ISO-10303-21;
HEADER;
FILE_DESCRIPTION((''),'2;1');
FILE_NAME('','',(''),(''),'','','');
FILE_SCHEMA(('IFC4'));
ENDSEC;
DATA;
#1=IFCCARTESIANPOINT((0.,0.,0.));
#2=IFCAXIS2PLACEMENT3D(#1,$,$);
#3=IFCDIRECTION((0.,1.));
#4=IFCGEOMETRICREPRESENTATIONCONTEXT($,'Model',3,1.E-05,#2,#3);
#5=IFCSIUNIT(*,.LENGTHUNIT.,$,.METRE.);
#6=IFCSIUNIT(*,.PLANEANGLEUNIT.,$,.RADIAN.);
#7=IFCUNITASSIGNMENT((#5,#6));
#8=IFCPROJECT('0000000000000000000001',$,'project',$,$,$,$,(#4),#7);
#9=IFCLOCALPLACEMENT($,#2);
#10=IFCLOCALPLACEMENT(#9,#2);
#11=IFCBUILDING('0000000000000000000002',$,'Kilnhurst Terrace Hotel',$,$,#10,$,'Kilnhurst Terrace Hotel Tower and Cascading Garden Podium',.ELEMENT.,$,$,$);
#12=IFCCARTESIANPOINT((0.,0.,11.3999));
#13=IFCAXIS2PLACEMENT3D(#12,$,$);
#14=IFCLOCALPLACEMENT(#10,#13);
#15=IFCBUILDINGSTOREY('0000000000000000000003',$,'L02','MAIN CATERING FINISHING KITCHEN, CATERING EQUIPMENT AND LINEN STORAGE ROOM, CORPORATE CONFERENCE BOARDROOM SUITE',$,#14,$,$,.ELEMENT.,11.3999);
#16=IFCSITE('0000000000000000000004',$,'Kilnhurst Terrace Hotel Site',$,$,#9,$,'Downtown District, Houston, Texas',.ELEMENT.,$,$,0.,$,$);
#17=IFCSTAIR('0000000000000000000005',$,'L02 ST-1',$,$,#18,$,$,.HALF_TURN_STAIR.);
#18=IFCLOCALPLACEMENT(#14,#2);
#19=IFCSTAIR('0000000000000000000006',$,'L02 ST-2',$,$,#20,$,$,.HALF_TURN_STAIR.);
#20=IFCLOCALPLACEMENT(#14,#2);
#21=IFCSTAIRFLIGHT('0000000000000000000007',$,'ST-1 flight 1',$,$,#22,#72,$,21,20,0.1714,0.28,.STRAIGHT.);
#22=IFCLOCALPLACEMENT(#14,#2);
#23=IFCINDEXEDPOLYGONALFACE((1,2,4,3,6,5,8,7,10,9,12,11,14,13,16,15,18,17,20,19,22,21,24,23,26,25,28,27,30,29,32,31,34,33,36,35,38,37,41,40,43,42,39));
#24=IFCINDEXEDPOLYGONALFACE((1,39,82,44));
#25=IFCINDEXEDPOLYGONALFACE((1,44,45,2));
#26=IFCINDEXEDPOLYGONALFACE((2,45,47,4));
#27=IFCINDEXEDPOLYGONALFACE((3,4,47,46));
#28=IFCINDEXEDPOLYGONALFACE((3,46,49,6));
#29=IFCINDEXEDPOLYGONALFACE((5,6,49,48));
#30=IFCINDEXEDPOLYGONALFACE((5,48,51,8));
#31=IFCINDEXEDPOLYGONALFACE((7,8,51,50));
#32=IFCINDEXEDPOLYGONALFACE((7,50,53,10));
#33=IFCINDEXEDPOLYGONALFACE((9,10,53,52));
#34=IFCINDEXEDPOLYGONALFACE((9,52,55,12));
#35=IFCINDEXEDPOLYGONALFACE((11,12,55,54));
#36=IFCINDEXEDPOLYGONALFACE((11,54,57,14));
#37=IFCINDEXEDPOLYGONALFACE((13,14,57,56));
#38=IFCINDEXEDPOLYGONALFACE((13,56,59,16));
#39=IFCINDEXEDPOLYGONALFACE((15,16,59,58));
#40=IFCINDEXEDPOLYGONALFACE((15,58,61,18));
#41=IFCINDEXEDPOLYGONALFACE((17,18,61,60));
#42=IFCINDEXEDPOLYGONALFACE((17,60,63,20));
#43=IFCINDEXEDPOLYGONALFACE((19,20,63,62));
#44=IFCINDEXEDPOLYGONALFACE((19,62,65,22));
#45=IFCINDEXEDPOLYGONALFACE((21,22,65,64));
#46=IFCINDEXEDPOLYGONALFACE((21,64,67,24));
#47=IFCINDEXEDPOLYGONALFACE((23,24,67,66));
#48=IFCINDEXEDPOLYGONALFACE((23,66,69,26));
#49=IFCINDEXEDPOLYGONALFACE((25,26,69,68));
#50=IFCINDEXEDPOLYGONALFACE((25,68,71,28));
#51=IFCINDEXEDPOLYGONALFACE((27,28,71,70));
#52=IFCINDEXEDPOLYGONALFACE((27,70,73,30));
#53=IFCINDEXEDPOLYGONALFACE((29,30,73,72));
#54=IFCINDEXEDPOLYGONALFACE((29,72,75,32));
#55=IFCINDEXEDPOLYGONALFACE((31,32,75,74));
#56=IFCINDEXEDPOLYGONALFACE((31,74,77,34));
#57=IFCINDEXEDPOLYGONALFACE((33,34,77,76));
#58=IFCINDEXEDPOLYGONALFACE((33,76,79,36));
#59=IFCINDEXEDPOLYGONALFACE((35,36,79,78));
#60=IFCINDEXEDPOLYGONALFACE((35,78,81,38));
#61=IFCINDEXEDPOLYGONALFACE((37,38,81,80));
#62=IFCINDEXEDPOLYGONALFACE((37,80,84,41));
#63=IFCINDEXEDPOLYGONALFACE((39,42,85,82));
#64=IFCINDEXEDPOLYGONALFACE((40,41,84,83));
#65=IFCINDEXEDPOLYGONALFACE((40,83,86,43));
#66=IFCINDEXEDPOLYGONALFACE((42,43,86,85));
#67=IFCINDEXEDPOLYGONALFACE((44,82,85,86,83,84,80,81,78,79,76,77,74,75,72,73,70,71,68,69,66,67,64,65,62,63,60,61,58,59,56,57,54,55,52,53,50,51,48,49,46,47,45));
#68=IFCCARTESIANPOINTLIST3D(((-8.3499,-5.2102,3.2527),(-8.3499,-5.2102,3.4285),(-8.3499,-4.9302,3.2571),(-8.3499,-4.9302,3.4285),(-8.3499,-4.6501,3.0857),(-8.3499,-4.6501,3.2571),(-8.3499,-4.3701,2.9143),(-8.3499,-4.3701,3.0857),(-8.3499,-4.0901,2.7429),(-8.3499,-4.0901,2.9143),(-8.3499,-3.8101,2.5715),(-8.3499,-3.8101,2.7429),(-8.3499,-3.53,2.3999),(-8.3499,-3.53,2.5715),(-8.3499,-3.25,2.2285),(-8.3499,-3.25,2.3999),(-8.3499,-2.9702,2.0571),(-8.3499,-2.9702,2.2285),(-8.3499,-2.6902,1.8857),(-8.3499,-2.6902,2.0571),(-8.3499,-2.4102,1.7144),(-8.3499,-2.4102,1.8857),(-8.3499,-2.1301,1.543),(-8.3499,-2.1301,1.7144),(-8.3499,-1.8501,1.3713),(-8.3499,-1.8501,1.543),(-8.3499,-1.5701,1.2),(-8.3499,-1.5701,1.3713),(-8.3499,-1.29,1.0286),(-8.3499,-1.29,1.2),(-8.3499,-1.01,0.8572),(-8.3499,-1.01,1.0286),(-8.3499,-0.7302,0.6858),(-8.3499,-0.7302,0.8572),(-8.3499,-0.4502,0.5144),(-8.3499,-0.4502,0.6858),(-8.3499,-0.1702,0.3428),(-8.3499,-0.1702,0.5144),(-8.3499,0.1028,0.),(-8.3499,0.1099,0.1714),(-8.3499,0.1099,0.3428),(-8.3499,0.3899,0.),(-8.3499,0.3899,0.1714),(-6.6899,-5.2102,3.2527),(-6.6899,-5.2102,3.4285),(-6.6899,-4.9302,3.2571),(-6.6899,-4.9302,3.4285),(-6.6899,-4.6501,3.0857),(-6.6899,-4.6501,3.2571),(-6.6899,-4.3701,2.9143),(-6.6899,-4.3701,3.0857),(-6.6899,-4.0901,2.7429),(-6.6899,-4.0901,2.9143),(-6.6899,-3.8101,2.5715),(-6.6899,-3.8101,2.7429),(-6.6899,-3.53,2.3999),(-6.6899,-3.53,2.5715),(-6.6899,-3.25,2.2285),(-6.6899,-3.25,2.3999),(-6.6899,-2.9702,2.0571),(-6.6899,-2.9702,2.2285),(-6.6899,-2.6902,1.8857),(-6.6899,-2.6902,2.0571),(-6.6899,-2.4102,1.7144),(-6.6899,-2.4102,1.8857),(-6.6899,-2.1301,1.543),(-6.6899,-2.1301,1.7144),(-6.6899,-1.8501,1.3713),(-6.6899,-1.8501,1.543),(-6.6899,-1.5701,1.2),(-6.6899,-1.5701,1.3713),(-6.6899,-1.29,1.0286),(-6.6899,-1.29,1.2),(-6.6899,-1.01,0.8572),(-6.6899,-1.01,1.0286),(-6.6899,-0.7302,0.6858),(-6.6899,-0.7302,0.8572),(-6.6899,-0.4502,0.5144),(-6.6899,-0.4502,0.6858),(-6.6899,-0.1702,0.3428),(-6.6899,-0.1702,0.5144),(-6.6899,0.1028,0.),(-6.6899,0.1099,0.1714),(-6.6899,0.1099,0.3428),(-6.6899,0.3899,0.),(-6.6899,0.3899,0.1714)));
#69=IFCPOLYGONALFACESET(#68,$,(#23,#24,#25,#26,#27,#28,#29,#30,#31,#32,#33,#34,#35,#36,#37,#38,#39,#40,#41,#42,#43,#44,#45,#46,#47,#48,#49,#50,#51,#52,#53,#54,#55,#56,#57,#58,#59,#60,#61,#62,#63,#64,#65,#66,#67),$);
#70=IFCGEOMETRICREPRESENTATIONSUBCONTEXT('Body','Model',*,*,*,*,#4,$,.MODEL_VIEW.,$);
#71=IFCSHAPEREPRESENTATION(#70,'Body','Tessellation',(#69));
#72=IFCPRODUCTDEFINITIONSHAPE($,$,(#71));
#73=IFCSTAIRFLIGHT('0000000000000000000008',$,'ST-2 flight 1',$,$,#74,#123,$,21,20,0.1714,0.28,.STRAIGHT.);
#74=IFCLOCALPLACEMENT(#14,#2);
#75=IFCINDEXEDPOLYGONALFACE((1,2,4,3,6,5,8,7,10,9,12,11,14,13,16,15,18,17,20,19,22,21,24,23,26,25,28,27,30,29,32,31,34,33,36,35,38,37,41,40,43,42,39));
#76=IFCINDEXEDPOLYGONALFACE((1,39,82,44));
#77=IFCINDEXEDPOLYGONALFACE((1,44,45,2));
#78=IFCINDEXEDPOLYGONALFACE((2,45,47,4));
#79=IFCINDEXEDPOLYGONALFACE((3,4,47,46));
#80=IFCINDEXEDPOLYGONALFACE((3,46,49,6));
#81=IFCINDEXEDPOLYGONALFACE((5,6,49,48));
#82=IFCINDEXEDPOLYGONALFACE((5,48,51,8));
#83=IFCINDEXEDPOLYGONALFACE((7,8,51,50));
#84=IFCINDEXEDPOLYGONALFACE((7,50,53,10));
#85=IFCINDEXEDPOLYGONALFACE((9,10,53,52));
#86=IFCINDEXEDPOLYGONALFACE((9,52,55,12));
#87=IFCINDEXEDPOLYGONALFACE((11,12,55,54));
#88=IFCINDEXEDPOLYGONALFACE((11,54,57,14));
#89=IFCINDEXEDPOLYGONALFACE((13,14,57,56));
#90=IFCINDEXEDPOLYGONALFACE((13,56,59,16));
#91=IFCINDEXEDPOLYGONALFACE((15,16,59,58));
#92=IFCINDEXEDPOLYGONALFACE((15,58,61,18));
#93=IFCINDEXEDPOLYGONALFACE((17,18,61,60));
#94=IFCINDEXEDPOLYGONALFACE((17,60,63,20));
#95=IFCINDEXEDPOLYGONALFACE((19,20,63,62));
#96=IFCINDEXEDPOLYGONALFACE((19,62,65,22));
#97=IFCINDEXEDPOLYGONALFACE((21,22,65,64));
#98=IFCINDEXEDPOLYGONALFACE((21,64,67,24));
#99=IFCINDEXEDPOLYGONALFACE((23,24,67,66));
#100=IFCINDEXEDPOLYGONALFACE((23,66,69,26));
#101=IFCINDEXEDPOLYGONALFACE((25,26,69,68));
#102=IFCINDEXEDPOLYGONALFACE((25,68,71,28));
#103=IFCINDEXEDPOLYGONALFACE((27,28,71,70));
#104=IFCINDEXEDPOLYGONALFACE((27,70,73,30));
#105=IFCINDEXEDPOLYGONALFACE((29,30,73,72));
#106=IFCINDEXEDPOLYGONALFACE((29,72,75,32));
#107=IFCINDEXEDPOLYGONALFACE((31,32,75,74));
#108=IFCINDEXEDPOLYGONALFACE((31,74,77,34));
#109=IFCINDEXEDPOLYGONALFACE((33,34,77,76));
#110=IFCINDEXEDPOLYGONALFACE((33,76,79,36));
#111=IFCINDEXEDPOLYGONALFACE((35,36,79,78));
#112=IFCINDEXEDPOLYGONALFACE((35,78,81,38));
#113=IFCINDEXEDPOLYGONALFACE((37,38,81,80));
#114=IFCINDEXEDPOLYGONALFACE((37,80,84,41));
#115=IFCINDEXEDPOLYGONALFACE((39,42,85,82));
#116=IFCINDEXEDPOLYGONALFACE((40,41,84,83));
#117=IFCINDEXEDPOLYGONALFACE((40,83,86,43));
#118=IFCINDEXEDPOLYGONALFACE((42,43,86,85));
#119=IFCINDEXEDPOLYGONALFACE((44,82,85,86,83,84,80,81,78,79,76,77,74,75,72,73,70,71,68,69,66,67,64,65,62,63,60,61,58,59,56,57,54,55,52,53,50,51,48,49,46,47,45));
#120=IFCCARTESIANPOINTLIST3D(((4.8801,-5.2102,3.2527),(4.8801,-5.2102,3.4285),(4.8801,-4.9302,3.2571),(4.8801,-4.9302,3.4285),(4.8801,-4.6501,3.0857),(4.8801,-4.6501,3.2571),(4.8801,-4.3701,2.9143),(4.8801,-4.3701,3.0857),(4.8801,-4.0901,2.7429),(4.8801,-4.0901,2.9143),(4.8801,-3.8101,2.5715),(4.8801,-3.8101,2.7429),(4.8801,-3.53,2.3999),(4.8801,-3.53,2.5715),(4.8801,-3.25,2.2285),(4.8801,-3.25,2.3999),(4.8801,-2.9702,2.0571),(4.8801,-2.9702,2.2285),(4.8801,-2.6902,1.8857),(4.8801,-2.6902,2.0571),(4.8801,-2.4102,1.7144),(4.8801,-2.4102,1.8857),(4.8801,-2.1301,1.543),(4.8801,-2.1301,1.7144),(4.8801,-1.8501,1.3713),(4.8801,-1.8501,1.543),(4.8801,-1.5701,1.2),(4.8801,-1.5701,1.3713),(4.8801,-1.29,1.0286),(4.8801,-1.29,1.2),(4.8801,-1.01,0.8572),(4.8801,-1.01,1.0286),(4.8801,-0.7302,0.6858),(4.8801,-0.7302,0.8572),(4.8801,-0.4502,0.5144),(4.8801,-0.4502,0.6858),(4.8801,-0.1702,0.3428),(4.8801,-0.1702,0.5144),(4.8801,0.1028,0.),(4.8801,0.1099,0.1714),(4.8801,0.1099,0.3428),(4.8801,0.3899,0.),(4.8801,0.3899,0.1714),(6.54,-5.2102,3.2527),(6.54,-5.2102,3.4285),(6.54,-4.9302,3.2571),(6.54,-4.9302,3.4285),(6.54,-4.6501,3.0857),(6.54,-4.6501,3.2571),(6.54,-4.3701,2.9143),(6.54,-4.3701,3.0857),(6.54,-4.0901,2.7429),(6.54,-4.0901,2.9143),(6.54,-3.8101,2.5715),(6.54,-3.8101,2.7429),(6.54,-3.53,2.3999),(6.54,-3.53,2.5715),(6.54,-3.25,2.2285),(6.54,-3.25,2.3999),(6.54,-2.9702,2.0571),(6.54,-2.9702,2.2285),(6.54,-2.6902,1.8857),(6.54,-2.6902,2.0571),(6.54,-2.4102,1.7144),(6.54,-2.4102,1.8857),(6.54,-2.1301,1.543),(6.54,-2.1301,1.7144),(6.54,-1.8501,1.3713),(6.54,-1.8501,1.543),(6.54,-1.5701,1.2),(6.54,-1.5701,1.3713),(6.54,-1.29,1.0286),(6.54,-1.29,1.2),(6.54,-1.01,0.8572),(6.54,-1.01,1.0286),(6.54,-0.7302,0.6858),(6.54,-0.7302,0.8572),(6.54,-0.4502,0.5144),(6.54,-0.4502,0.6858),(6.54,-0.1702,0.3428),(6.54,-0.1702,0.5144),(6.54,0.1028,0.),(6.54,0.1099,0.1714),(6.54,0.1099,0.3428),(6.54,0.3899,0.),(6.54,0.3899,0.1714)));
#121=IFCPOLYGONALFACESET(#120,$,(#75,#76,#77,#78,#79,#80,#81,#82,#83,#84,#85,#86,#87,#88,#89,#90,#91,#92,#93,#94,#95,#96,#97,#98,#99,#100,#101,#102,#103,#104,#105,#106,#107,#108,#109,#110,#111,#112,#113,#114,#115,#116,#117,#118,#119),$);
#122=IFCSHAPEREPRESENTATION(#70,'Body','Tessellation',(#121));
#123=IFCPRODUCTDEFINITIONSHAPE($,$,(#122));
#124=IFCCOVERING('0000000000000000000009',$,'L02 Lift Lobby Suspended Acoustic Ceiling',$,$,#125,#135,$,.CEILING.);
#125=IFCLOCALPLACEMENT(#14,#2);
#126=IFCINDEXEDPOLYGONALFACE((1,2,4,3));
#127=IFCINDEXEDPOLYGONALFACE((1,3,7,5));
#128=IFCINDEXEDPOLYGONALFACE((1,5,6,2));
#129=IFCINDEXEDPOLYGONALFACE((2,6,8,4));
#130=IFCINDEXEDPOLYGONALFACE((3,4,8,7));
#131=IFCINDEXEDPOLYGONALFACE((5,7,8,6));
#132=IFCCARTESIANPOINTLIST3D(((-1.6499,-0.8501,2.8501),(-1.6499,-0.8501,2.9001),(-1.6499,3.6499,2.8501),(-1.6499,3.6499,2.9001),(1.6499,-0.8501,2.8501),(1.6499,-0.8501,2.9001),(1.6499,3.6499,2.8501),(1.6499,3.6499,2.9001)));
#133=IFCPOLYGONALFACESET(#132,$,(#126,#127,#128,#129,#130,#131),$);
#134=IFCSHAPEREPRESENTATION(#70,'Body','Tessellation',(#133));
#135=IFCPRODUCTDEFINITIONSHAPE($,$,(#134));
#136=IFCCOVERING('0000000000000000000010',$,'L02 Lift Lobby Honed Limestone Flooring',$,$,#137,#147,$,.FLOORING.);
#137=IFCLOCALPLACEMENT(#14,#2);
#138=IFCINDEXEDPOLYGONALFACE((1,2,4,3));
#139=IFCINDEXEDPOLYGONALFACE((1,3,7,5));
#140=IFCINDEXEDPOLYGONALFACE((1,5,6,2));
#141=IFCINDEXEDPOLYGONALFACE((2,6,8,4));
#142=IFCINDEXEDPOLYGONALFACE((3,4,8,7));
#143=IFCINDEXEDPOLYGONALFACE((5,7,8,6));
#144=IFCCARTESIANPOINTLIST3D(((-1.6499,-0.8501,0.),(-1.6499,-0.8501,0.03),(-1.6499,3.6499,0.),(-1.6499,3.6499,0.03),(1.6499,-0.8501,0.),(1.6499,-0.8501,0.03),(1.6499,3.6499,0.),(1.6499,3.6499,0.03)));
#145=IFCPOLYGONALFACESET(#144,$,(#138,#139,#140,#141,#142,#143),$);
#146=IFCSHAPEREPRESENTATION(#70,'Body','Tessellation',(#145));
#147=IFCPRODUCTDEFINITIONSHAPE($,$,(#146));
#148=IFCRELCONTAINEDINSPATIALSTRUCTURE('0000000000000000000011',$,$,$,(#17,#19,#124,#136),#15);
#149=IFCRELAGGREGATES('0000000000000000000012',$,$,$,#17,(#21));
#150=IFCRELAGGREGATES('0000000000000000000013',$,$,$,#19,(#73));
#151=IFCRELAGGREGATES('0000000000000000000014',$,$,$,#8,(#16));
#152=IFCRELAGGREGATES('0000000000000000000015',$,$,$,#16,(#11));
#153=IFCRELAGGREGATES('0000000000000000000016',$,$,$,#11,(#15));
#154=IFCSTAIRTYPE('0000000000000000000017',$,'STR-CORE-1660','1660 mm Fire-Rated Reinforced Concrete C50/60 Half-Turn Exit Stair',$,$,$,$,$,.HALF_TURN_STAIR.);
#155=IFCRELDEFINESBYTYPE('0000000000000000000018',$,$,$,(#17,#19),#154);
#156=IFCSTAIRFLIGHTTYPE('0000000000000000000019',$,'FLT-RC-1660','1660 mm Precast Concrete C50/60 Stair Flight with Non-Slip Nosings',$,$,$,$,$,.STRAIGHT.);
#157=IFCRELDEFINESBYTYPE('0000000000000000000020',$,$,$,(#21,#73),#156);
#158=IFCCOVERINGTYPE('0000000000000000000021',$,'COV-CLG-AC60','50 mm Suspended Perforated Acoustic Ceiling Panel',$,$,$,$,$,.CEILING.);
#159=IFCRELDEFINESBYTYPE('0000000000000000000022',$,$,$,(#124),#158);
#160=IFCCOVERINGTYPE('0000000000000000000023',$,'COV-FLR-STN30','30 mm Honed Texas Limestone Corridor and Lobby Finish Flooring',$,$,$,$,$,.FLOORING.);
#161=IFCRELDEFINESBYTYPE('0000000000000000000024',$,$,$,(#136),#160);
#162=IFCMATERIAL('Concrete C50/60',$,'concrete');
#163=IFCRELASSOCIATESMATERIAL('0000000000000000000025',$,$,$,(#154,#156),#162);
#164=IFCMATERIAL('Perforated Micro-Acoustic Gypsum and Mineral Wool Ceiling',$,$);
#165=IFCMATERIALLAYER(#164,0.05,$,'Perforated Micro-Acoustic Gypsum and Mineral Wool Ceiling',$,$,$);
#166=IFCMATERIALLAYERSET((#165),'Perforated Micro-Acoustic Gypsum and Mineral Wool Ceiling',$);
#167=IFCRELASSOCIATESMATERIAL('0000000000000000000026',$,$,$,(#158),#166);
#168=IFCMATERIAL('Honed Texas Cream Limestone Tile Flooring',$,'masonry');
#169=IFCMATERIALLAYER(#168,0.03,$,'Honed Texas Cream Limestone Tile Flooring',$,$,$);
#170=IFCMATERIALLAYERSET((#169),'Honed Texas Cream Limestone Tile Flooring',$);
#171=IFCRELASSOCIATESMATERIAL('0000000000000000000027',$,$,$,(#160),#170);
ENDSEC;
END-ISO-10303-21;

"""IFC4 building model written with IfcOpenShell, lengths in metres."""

from ifc_helpers import new_model, si_unit, direction, frame, origin, place, context, subcontext, project, spatial, polyline, outline, extrude, material, layer, layer_set, type_object, element, aggregate, save


model = new_model("IFC4")

# Units and contexts
model_context = context("Model", 3, precision=1e-05, world=origin(), true_north=direction((0.0, 1.0)))
body_context = subcontext(model_context, "Body", "Model", "MODEL_VIEW")
ifc_project = project(units=[si_unit("LENGTHUNIT", "METRE"), si_unit("PLANEANGLEUNIT", "RADIAN")], contexts=[model_context])

# Site, building, storey
site_placement = place(None, origin())
site = spatial("IfcSite", under=ifc_project, at=site_placement, Name="Kilnhurst Terrace Hotel Site", LongName="Downtown District, Houston, Texas", CompositionType="ELEMENT", RefElevation=0.0)
building_placement = place(site_placement, origin())
building = spatial("IfcBuilding", under=site, at=building_placement, Name="Kilnhurst Terrace Hotel", LongName="Kilnhurst Terrace Hotel Tower and Cascading Garden Podium", CompositionType="ELEMENT")
storey_placement = place(building_placement, frame((0.0, 0.0, 11.3999)))
storey = spatial("IfcBuildingStorey", under=building, at=storey_placement, Name="L02", Description="MAIN CATERING FINISHING KITCHEN, CATERING EQUIPMENT AND LINEN STORAGE ROOM, CORPORATE CONFERENCE BOARDROOM SUITE", CompositionType="ELEMENT", Elevation=11.3999)

# Stairs
ifc_material_1 = material(Name="Concrete C50/60", Category="concrete")
stair_type_1 = type_object("IfcStairType", Name="STR-CORE-1660", Description="1660 mm Fire-Rated Reinforced Concrete C50/60 Half-Turn Exit Stair", PredefinedType="HALF_TURN_STAIR", material=ifc_material_1)
stair_1_placement = place(storey_placement, origin())
stair_1 = element("IfcStair", 1, at=stair_1_placement, inside=storey, type_object=stair_type_1, Name="L02 ST-1", PredefinedType="HALF_TURN_STAIR")
stair_2_placement = place(storey_placement, origin())
stair_2 = element("IfcStair", 2, at=stair_2_placement, inside=storey, type_object=stair_type_1, Name="L02 ST-2", PredefinedType="HALF_TURN_STAIR")

# Stair flights
stair_flight_type = type_object("IfcStairFlightType", Name="FLT-RC-1660", Description="1660 mm Precast Concrete C50/60 Stair Flight with Non-Slip Nosings", PredefinedType="STRAIGHT", material=ifc_material_1)
stair_flight_1_placement = place(storey_placement, frame((-7.52, 0.3899, 0.0), z_axis=(0.0, 0.0, 1.0), x_axis=(0.0, -1.0, 0.0)))
stair_flight_1 = element("IfcStairFlight", 3, at=stair_flight_1_placement, type_object=stair_flight_type, Name="ST-1 flight 1", NumberOfRisers=21, NumberOfTreads=20, PredefinedType="STRAIGHT", RiserHeight=0.1714, TreadLength=0.28, context=body_context, shape_type="SweptSolid", body=[
    extrude(outline(polyline([(0.0, 0.0), (0.0, 0.1714), (0.28, 0.1714), (0.28, 0.3428), (0.5601, 0.3428), (0.5601, 0.5144), (0.8401, 0.5144), (0.8401, 0.6858), (1.1201, 0.6858), (1.1201, 0.8572), (1.3999, 0.8572), (1.3999, 1.0286), (1.6799, 1.0286), (1.6799, 1.2), (1.96, 1.2), (1.96, 1.3713), (2.24, 1.3713), (2.24, 1.543), (2.52, 1.543), (2.52, 1.7144), (2.8, 1.7144), (2.8, 1.8857), (3.0801, 1.8857), (3.0801, 2.0571), (3.3601, 2.0571), (3.3601, 2.2285), (3.6399, 2.2285), (3.6399, 2.3999), (3.9199, 2.3999), (3.9199, 2.5715), (4.2, 2.5715), (4.2, 2.7429), (4.48, 2.7429), (4.48, 2.9143), (4.76, 2.9143), (4.76, 3.0857), (5.04, 3.0857), (5.04, 3.2571), (5.3201, 3.2571), (5.3201, 3.4285), (5.6001, 3.4285), (5.6001, 3.6001), (5.6001, 3.2527), (0.2871, 0.0), (0.0, 0.0)])), frame((0.0, 0.8301, 0.0), z_axis=(0.0, -1.0, 0.0), x_axis=(1.0, 0.0, 0.0)), (0.0, 0.0, 1.0), 1.6599),
])
aggregate(stair_1, [stair_flight_1])
stair_flight_2_placement = place(storey_placement, frame((5.71, 0.3899, 0.0), z_axis=(0.0, 0.0, 1.0), x_axis=(0.0, -1.0, 0.0)))
stair_flight_2 = element("IfcStairFlight", 4, at=stair_flight_2_placement, type_object=stair_flight_type, Name="ST-2 flight 1", NumberOfRisers=21, NumberOfTreads=20, PredefinedType="STRAIGHT", RiserHeight=0.1714, TreadLength=0.28, context=body_context, shape_type="SweptSolid", body=[
    extrude(outline(polyline([(0.0, 0.0), (0.0, 0.1714), (0.28, 0.1714), (0.28, 0.3428), (0.5601, 0.3428), (0.5601, 0.5144), (0.8401, 0.5144), (0.8401, 0.6858), (1.1201, 0.6858), (1.1201, 0.8572), (1.3999, 0.8572), (1.3999, 1.0286), (1.6799, 1.0286), (1.6799, 1.2), (1.96, 1.2), (1.96, 1.3713), (2.24, 1.3713), (2.24, 1.543), (2.52, 1.543), (2.52, 1.7144), (2.8, 1.7144), (2.8, 1.8857), (3.0801, 1.8857), (3.0801, 2.0571), (3.3601, 2.0571), (3.3601, 2.2285), (3.6399, 2.2285), (3.6399, 2.3999), (3.9199, 2.3999), (3.9199, 2.5715), (4.2, 2.5715), (4.2, 2.7429), (4.48, 2.7429), (4.48, 2.9143), (4.76, 2.9143), (4.76, 3.0857), (5.04, 3.0857), (5.04, 3.2571), (5.3201, 3.2571), (5.3201, 3.4285), (5.6001, 3.4285), (5.6001, 3.6001), (5.6001, 3.2527), (0.2871, 0.0), (0.0, 0.0)])), frame((0.0, 0.8301, 0.0), z_axis=(0.0, -1.0, 0.0), x_axis=(1.0, 0.0, 0.0)), (0.0, 0.0, 1.0), 1.6599),
])
aggregate(stair_2, [stair_flight_2])

# Coverings
ifc_material_2 = material(Name="Perforated Micro-Acoustic Gypsum and Mineral Wool Ceiling")
ifc_layer_1 = layer(ifc_material_2, 0.05, Name="Perforated Micro-Acoustic Gypsum and Mineral Wool Ceiling")
ifc_layer_set_1 = layer_set([ifc_layer_1], Name="Perforated Micro-Acoustic Gypsum and Mineral Wool Ceiling")
covering_type_1 = type_object("IfcCoveringType", Name="COV-CLG-AC60", Description="50 mm Suspended Perforated Acoustic Ceiling Panel", PredefinedType="CEILING", material=ifc_layer_set_1)
covering_1_placement = place(storey_placement, frame((0.0, 0.0, 2.8501)))
element("IfcCovering", 5, at=covering_1_placement, inside=storey, type_object=covering_type_1, Name="L02 Lift Lobby Suspended Acoustic Ceiling", PredefinedType="CEILING", context=body_context, shape_type="SweptSolid", body=[
    extrude(outline(polyline([(-1.6499, -0.8501), (1.6499, -0.8501), (1.6499, 3.6499), (-1.6499, 3.6499), (-1.6499, -0.8501)])), origin(), (0.0, 0.0, 1.0), 0.05),
])
ifc_material_3 = material(Name="Honed Texas Cream Limestone Tile Flooring", Category="masonry")
ifc_layer_2 = layer(ifc_material_3, 0.03, Name="Honed Texas Cream Limestone Tile Flooring")
ifc_layer_set_2 = layer_set([ifc_layer_2], Name="Honed Texas Cream Limestone Tile Flooring")
covering_type_2 = type_object("IfcCoveringType", Name="COV-FLR-STN30", Description="30 mm Honed Texas Limestone Corridor and Lobby Finish Flooring", PredefinedType="FLOORING", material=ifc_layer_set_2)
covering_2_placement = place(storey_placement, origin())
element("IfcCovering", 6, at=covering_2_placement, inside=storey, type_object=covering_type_2, Name="L02 Lift Lobby Honed Limestone Flooring", PredefinedType="FLOORING", context=body_context, shape_type="SweptSolid", body=[
    extrude(outline(polyline([(-1.6499, -0.8501), (1.6499, -0.8501), (1.6499, 3.6499), (-1.6499, 3.6499), (-1.6499, -0.8501)])), origin(), (0.0, 0.0, 1.0), 0.03),
])

save(model, "model.ifc")
